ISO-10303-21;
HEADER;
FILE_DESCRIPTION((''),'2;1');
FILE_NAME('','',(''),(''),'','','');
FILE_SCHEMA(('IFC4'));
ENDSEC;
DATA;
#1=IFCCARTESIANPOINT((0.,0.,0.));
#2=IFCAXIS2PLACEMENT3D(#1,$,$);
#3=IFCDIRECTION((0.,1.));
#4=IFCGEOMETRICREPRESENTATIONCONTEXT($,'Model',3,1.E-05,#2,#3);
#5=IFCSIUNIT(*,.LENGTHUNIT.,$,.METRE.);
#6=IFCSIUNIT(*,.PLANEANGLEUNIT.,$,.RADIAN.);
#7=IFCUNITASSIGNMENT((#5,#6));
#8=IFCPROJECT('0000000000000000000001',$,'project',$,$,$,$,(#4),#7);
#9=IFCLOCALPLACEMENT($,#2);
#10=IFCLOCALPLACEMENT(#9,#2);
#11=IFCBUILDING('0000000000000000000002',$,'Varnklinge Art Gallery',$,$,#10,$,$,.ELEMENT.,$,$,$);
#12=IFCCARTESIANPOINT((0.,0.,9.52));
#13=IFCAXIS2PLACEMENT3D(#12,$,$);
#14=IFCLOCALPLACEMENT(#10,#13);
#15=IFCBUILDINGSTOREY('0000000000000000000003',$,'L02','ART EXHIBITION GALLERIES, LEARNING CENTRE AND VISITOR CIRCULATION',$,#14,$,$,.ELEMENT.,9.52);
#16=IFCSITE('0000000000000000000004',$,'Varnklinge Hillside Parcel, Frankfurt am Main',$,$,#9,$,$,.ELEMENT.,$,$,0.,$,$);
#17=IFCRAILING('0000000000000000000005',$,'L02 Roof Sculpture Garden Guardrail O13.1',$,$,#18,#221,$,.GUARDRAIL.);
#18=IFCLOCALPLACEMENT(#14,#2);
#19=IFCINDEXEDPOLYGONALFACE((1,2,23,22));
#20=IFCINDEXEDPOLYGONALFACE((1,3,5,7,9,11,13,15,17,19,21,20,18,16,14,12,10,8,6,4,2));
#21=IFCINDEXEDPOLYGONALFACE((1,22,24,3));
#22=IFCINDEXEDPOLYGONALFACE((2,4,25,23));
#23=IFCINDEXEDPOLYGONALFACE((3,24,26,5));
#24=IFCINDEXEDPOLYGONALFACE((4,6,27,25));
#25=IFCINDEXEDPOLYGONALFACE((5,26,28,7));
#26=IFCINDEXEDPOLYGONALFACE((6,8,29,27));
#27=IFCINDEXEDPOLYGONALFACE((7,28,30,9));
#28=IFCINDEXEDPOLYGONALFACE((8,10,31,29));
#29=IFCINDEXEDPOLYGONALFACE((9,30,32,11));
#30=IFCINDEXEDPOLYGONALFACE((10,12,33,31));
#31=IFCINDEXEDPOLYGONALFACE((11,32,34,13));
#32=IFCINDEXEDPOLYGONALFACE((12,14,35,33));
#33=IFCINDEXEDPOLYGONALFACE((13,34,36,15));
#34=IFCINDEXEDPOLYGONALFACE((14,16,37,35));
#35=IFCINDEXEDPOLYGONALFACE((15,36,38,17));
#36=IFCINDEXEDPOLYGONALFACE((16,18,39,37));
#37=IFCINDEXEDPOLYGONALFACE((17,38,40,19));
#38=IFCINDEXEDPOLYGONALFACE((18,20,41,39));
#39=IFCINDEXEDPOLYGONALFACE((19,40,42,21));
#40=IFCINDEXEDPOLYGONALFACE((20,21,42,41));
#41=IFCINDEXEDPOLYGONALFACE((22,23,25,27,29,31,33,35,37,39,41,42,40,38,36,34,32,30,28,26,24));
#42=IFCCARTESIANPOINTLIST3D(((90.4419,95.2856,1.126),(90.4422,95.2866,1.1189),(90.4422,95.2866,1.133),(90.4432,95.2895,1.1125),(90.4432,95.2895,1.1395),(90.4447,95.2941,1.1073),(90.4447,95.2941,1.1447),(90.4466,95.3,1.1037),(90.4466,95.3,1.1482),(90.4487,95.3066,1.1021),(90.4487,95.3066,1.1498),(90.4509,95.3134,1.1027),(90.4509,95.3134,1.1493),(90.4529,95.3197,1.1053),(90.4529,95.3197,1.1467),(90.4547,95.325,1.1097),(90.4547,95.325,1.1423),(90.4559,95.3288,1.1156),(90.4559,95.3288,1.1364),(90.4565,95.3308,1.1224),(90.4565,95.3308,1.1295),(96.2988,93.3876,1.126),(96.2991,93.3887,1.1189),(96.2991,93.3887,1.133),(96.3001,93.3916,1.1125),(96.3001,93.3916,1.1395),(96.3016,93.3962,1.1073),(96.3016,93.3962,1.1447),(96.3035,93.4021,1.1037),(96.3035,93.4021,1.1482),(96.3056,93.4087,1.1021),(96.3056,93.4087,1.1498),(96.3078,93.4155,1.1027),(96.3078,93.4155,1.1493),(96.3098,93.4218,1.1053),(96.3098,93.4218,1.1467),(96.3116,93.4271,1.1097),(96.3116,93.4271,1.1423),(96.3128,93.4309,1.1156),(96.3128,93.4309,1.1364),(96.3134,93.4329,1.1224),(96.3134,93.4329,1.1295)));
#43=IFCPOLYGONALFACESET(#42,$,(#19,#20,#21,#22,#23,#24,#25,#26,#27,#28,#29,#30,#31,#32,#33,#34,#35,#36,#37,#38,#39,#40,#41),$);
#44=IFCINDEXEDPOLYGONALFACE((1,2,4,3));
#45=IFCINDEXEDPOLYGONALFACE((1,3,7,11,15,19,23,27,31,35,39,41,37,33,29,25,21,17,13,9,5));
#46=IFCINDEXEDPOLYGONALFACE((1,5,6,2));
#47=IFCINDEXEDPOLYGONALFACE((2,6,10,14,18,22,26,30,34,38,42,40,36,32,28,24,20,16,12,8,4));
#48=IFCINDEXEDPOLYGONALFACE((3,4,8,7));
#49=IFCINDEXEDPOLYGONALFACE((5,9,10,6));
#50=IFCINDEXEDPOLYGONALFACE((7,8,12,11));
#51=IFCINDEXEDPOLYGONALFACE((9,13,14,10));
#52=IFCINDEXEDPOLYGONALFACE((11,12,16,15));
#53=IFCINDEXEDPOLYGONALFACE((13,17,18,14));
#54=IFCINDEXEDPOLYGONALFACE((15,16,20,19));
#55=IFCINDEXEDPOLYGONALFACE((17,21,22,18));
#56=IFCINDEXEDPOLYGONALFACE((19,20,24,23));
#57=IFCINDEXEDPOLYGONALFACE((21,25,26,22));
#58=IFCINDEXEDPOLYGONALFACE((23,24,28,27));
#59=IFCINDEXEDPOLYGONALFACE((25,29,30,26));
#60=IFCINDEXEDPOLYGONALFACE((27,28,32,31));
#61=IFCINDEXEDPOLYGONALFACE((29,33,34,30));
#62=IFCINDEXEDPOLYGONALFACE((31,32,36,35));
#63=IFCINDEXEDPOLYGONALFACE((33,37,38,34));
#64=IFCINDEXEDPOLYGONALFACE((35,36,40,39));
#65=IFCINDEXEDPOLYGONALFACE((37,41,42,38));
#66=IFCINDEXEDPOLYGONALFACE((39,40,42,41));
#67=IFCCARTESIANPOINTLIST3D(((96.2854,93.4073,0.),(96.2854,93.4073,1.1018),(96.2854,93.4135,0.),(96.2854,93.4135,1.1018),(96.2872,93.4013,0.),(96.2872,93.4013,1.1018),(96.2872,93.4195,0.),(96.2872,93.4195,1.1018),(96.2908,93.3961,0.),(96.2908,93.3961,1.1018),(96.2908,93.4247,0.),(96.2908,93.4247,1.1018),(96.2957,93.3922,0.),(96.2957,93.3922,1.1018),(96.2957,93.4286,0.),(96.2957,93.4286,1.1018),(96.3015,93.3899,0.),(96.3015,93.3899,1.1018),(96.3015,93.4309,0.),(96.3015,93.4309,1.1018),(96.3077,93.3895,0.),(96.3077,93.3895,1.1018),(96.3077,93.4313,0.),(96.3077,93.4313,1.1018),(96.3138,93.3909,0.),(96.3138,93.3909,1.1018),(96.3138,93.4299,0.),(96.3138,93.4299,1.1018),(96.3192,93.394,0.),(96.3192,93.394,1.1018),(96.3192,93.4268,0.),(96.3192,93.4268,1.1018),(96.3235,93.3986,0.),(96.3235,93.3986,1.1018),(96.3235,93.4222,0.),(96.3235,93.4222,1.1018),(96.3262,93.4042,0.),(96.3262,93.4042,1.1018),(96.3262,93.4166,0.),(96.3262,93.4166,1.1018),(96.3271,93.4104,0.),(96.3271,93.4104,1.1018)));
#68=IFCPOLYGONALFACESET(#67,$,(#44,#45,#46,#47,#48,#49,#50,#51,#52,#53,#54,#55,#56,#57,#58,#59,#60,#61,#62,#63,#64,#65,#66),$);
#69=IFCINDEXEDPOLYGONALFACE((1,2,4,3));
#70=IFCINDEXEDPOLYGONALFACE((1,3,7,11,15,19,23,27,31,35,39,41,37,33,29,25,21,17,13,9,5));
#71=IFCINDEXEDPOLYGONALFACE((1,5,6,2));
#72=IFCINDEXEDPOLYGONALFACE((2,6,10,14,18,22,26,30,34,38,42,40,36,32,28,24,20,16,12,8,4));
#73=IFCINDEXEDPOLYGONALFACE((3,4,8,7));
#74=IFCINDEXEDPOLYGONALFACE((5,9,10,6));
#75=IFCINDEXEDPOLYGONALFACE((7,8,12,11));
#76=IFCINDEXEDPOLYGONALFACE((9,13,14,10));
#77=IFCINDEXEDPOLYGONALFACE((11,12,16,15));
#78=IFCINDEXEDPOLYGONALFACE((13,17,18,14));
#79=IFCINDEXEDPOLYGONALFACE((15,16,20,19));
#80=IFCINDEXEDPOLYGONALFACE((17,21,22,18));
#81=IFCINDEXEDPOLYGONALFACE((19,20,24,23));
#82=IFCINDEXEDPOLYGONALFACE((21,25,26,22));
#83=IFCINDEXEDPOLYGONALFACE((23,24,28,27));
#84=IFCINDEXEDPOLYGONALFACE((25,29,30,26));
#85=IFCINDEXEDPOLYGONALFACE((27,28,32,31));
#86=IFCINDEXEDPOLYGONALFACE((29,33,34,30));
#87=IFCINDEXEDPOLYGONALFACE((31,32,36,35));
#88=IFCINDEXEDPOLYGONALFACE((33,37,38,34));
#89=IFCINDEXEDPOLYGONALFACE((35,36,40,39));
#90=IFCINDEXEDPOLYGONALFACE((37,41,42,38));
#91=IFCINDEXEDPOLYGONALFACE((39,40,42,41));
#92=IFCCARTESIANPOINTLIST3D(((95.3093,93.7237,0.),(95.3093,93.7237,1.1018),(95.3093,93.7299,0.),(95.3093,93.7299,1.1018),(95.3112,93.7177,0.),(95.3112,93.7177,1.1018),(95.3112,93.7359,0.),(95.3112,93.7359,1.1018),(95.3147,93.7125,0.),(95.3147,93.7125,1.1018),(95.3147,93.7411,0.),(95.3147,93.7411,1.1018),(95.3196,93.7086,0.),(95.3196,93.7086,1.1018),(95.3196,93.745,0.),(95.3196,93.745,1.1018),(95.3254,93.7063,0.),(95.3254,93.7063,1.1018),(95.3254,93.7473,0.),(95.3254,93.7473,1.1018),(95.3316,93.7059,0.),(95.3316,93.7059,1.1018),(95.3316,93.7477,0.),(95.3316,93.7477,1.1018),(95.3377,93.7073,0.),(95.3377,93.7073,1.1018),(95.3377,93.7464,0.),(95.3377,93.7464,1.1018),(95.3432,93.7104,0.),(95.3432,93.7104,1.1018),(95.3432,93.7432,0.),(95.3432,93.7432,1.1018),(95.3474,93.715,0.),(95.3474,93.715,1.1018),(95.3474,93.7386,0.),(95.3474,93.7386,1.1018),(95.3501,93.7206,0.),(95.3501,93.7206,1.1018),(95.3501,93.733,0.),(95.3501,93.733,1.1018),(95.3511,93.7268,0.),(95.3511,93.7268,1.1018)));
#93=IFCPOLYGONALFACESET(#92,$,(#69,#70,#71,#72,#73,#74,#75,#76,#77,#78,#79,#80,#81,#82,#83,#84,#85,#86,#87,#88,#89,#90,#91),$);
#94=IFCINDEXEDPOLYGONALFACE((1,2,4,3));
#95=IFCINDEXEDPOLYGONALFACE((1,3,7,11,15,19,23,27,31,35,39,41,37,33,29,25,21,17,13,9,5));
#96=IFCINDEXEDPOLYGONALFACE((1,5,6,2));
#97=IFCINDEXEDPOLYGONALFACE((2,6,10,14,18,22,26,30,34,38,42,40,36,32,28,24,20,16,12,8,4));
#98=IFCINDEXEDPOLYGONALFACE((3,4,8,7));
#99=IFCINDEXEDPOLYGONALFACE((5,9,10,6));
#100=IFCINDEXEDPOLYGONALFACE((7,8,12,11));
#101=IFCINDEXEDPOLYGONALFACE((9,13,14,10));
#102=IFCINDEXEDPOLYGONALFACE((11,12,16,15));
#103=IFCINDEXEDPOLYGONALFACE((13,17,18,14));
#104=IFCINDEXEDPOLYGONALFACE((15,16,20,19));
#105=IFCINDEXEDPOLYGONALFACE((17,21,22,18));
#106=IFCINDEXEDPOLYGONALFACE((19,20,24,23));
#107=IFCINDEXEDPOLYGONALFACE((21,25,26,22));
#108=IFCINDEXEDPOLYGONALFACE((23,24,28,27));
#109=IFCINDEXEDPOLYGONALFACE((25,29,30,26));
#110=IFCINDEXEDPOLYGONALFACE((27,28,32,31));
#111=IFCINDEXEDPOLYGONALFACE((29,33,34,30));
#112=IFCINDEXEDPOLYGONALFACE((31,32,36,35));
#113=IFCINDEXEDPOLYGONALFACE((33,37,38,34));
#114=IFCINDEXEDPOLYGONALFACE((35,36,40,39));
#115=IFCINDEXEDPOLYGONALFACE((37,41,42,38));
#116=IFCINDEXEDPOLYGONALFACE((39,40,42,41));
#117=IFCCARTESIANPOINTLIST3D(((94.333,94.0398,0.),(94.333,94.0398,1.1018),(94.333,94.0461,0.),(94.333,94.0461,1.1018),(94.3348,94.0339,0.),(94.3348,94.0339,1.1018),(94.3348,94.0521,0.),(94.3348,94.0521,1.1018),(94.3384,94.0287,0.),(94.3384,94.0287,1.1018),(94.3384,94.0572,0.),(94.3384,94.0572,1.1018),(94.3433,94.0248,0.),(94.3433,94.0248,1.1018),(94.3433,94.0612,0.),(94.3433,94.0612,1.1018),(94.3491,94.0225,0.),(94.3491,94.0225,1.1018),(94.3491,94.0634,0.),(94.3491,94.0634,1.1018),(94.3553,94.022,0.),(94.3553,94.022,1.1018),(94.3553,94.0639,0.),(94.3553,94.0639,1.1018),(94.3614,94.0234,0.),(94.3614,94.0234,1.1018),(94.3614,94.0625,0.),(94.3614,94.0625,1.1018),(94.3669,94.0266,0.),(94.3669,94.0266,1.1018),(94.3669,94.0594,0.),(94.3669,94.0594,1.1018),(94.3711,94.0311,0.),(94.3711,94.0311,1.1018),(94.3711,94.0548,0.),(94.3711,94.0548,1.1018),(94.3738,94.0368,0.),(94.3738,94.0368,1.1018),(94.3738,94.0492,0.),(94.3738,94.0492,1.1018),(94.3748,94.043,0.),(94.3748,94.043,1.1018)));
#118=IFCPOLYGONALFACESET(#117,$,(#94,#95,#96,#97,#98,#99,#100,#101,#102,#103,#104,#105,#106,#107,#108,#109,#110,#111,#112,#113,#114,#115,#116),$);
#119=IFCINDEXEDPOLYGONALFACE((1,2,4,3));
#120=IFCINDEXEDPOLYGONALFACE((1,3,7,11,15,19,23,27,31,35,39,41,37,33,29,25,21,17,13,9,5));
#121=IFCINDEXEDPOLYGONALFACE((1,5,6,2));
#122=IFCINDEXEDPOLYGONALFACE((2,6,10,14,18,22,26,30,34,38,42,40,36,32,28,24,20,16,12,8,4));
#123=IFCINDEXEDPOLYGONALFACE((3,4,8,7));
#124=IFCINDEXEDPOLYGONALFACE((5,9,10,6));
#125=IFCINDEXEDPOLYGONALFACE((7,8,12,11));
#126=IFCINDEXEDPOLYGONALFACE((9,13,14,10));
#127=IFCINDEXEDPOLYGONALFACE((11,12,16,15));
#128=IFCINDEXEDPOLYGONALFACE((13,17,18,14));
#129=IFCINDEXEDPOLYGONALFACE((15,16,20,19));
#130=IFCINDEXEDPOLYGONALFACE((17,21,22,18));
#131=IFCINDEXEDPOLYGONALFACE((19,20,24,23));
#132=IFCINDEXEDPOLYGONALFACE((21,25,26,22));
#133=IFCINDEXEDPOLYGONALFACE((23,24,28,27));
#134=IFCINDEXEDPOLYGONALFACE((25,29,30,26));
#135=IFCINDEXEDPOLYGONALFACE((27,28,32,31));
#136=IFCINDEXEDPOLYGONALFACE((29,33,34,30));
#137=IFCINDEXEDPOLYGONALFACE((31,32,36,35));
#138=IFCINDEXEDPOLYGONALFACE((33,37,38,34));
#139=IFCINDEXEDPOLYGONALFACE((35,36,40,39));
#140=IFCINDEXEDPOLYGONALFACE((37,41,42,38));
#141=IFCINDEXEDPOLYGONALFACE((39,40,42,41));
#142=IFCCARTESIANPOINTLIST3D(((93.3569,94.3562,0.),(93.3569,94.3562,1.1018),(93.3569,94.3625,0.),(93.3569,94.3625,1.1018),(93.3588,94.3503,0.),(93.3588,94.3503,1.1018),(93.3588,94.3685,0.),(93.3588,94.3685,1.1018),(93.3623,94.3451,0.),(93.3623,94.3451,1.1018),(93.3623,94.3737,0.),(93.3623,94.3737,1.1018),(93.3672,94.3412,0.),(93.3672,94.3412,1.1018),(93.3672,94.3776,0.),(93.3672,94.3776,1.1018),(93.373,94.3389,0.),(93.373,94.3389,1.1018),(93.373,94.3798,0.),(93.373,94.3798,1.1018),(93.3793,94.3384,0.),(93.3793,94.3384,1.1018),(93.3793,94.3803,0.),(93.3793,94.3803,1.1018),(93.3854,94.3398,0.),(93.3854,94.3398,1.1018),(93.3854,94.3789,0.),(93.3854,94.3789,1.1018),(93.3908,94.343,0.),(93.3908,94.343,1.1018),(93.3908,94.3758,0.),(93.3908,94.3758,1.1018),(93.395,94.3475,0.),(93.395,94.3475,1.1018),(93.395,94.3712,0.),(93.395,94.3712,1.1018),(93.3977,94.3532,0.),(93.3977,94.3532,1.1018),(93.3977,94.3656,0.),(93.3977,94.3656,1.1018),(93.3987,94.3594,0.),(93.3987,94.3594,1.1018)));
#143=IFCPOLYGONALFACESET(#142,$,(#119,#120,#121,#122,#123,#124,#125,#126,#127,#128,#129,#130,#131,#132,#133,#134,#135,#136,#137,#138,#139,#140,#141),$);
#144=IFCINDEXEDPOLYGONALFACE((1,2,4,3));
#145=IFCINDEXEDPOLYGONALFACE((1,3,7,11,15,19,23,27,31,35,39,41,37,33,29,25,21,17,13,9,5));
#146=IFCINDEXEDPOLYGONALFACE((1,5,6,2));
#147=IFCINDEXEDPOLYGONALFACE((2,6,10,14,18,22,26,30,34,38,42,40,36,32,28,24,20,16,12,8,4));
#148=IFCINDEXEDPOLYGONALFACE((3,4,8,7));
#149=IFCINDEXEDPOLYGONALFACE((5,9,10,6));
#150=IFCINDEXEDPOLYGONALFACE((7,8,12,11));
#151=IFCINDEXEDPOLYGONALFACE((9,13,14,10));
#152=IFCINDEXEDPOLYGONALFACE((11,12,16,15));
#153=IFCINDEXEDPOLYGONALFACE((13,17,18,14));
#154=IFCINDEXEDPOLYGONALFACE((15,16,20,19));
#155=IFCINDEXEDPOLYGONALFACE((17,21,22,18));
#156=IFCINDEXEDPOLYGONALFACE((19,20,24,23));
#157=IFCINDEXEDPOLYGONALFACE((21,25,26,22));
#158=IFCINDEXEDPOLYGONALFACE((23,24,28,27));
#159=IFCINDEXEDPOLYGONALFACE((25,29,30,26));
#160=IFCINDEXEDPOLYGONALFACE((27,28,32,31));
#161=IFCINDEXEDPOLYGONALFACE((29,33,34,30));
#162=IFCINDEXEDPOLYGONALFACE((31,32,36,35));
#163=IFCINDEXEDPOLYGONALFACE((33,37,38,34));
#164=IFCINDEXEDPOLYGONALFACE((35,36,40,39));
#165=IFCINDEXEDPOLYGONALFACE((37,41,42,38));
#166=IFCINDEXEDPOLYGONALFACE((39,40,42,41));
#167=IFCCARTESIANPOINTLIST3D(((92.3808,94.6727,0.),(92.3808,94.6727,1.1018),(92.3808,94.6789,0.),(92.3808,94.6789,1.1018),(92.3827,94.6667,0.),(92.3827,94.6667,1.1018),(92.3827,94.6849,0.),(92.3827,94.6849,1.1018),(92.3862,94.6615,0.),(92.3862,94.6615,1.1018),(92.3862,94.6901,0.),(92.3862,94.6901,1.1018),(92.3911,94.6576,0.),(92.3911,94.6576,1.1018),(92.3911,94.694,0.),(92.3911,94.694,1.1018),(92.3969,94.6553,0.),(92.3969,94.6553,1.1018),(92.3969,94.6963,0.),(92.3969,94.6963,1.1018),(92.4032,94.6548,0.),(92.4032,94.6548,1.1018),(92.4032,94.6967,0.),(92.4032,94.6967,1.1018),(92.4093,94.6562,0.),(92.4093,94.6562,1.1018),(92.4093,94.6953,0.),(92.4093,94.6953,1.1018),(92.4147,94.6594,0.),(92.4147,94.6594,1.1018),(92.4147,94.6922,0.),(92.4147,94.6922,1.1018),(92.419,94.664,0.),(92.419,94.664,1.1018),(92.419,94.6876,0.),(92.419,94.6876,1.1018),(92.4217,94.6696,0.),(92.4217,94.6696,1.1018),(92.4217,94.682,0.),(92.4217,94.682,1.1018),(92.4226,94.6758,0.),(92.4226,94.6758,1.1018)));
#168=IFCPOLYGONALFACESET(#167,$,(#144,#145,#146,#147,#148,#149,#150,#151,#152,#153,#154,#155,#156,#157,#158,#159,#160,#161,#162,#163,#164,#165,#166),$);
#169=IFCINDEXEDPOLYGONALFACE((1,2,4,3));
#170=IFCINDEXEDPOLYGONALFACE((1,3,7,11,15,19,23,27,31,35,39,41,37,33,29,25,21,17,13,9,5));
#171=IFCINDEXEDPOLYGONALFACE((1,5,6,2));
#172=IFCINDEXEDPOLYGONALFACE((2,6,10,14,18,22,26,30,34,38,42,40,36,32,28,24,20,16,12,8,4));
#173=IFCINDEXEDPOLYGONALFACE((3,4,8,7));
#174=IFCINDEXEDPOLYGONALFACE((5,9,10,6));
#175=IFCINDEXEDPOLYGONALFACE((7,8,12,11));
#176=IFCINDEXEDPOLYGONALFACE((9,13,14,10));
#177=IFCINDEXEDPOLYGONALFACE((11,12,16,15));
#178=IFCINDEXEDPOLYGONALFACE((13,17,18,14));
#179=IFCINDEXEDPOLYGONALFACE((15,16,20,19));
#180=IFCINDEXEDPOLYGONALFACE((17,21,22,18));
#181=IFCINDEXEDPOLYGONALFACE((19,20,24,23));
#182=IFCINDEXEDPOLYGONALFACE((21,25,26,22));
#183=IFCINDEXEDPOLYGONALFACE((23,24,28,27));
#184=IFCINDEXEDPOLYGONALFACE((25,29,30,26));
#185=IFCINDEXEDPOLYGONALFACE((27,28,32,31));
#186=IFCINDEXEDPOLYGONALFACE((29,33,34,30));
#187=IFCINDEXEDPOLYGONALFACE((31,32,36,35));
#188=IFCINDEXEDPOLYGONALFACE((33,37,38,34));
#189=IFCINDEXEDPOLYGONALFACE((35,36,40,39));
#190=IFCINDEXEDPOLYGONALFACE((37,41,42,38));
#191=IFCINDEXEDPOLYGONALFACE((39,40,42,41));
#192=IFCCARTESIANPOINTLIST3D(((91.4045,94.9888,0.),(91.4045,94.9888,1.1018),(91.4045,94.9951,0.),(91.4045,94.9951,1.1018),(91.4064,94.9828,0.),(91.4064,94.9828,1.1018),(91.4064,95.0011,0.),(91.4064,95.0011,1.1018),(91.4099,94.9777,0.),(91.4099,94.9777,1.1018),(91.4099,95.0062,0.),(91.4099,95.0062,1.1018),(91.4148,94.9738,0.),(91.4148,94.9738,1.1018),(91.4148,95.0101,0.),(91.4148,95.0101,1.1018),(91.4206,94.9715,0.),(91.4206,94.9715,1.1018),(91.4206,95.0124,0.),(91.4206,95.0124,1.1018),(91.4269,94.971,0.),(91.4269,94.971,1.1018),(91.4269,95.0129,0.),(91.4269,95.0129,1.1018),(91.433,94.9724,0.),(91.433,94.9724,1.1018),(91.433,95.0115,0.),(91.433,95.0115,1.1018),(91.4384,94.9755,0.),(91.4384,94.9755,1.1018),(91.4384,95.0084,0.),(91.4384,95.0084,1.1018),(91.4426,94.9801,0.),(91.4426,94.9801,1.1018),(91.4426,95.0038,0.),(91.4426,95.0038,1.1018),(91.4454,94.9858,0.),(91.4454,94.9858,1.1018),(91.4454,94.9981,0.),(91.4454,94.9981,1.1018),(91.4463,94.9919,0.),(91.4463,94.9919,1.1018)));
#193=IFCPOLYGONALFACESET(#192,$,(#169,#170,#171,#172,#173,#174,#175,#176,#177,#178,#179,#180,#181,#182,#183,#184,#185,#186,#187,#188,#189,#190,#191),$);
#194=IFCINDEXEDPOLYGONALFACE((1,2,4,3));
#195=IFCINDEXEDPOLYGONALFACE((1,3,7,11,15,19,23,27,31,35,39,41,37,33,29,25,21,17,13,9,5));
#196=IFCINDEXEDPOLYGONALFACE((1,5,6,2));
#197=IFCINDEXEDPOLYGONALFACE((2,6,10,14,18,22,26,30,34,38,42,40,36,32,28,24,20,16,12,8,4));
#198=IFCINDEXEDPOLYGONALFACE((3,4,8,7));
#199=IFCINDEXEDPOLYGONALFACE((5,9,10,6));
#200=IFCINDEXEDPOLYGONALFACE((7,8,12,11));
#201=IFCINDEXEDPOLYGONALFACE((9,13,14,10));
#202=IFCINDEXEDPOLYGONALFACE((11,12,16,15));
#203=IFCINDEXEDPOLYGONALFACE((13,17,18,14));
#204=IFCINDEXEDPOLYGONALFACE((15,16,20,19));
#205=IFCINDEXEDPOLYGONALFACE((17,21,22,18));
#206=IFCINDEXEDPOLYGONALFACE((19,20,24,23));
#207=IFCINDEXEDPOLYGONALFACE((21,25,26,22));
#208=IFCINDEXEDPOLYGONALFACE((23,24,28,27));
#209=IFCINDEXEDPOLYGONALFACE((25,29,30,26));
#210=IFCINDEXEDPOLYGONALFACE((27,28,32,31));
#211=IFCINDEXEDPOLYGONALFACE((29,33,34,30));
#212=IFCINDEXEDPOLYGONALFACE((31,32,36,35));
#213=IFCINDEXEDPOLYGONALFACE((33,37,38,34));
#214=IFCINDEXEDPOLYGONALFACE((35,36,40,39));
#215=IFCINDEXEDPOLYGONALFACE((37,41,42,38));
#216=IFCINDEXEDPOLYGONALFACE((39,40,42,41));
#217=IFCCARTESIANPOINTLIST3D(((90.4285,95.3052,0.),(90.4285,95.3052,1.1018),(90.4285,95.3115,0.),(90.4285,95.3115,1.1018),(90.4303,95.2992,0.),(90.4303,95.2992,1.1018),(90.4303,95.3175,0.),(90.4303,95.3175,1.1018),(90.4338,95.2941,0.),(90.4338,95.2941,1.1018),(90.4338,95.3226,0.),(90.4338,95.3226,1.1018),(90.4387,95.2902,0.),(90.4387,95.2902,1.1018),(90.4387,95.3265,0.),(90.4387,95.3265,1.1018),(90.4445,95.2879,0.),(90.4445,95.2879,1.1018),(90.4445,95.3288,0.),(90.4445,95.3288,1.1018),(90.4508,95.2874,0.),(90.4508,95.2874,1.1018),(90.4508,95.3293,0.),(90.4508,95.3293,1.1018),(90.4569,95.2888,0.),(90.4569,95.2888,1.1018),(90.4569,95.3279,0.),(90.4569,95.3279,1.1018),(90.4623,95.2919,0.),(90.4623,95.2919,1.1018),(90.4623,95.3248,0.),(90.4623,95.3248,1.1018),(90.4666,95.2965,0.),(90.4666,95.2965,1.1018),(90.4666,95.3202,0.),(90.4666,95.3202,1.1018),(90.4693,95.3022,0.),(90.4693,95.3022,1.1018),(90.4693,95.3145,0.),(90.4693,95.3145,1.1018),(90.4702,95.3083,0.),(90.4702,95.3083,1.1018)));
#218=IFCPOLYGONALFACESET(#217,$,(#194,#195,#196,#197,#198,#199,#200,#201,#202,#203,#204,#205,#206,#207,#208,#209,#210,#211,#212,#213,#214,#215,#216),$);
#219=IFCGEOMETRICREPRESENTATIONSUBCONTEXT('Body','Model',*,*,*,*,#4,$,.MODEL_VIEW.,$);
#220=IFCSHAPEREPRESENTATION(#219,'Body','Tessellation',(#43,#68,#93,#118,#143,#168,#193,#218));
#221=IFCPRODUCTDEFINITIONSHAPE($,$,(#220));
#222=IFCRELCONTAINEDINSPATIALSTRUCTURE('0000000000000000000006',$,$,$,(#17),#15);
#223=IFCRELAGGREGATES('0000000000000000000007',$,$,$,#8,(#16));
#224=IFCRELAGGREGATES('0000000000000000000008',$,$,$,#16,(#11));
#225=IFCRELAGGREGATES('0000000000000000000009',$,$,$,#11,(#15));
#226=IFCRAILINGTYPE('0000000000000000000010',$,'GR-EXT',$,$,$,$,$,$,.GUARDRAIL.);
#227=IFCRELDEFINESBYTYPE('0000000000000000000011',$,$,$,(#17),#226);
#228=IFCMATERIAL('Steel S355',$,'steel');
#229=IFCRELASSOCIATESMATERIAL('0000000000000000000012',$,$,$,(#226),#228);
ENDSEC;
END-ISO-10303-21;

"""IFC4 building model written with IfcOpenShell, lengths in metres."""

from ifc_helpers import new_model, si_unit, direction, frame, origin, origin_2d, place, context, subcontext, project, spatial, circle, extrude, material, type_object, element, save


model = new_model("IFC4")

# Units and contexts
model_context = context("Model", 3, precision=1e-05, world=origin(), true_north=direction((0.0, 1.0)))
body_context = subcontext(model_context, "Body", "Model", "MODEL_VIEW")
ifc_project = project(units=[si_unit("LENGTHUNIT", "METRE"), si_unit("PLANEANGLEUNIT", "RADIAN")], contexts=[model_context])

# Site, building, storey
site_placement = place(None, origin())
site = spatial("IfcSite", under=ifc_project, at=site_placement, Name="Varnklinge Hillside Parcel, Frankfurt am Main", CompositionType="ELEMENT", RefElevation=0.0)
building_placement = place(site_placement, origin())
building = spatial("IfcBuilding", under=site, at=building_placement, Name="Varnklinge Art Gallery", CompositionType="ELEMENT")
storey_placement = place(building_placement, frame((0.0, 0.0, 9.52)))
storey = spatial("IfcBuildingStorey", under=building, at=storey_placement, Name="L02", Description="ART EXHIBITION GALLERIES, LEARNING CENTRE AND VISITOR CIRCULATION", CompositionType="ELEMENT", Elevation=9.52)

# Railing
ifc_material_1 = material(Name="Steel S355", Category="steel")
railing_type = type_object("IfcRailingType", Name="GR-EXT", PredefinedType="GUARDRAIL", material=ifc_material_1)
railing_1_placement = place(storey_placement, frame((96.3062, 93.4104, 0.0)))
element("IfcRailing", 1, at=railing_1_placement, inside=storey, type_object=railing_type, Name="L02 Roof Sculpture Garden Guardrail O13.1", PredefinedType="GUARDRAIL", context=body_context, shape_type="SweptSolid", body=[
    extrude(circle(Radius=0.0239, at=origin_2d()), frame((0.0, 0.0, 1.126), z_axis=(-0.951299, 0.30827, 0.0), x_axis=(-0.30827, -0.951299, 0.0)), (0.0, 0.0, 1.0), 6.1567),
    extrude(circle(Radius=0.021, at=origin_2d()), origin(), (0.0, 0.0, 1.0), 1.1018),
    extrude(circle(Radius=0.021, at=origin_2d()), frame((-0.9761, 0.3164, 0.0)), (0.0, 0.0, 1.0), 1.1018),
    extrude(circle(Radius=0.021, at=origin_2d()), frame((-1.9524, 0.6326, 0.0)), (0.0, 0.0, 1.0), 1.1018),
    extrude(circle(Radius=0.021, at=origin_2d()), frame((-2.9285, 0.949, 0.0)), (0.0, 0.0, 1.0), 1.1018),
    extrude(circle(Radius=0.021, at=origin_2d()), frame((-3.9045, 1.2654, 0.0)), (0.0, 0.0, 1.0), 1.1018),
    extrude(circle(Radius=0.021, at=origin_2d()), frame((-4.8809, 1.5815, 0.0)), (0.0, 0.0, 1.0), 1.1018),
    extrude(circle(Radius=0.021, at=origin_2d()), frame((-5.8569, 1.8979, 0.0)), (0.0, 0.0, 1.0), 1.1018),
])

save(model, "model.ifc")
